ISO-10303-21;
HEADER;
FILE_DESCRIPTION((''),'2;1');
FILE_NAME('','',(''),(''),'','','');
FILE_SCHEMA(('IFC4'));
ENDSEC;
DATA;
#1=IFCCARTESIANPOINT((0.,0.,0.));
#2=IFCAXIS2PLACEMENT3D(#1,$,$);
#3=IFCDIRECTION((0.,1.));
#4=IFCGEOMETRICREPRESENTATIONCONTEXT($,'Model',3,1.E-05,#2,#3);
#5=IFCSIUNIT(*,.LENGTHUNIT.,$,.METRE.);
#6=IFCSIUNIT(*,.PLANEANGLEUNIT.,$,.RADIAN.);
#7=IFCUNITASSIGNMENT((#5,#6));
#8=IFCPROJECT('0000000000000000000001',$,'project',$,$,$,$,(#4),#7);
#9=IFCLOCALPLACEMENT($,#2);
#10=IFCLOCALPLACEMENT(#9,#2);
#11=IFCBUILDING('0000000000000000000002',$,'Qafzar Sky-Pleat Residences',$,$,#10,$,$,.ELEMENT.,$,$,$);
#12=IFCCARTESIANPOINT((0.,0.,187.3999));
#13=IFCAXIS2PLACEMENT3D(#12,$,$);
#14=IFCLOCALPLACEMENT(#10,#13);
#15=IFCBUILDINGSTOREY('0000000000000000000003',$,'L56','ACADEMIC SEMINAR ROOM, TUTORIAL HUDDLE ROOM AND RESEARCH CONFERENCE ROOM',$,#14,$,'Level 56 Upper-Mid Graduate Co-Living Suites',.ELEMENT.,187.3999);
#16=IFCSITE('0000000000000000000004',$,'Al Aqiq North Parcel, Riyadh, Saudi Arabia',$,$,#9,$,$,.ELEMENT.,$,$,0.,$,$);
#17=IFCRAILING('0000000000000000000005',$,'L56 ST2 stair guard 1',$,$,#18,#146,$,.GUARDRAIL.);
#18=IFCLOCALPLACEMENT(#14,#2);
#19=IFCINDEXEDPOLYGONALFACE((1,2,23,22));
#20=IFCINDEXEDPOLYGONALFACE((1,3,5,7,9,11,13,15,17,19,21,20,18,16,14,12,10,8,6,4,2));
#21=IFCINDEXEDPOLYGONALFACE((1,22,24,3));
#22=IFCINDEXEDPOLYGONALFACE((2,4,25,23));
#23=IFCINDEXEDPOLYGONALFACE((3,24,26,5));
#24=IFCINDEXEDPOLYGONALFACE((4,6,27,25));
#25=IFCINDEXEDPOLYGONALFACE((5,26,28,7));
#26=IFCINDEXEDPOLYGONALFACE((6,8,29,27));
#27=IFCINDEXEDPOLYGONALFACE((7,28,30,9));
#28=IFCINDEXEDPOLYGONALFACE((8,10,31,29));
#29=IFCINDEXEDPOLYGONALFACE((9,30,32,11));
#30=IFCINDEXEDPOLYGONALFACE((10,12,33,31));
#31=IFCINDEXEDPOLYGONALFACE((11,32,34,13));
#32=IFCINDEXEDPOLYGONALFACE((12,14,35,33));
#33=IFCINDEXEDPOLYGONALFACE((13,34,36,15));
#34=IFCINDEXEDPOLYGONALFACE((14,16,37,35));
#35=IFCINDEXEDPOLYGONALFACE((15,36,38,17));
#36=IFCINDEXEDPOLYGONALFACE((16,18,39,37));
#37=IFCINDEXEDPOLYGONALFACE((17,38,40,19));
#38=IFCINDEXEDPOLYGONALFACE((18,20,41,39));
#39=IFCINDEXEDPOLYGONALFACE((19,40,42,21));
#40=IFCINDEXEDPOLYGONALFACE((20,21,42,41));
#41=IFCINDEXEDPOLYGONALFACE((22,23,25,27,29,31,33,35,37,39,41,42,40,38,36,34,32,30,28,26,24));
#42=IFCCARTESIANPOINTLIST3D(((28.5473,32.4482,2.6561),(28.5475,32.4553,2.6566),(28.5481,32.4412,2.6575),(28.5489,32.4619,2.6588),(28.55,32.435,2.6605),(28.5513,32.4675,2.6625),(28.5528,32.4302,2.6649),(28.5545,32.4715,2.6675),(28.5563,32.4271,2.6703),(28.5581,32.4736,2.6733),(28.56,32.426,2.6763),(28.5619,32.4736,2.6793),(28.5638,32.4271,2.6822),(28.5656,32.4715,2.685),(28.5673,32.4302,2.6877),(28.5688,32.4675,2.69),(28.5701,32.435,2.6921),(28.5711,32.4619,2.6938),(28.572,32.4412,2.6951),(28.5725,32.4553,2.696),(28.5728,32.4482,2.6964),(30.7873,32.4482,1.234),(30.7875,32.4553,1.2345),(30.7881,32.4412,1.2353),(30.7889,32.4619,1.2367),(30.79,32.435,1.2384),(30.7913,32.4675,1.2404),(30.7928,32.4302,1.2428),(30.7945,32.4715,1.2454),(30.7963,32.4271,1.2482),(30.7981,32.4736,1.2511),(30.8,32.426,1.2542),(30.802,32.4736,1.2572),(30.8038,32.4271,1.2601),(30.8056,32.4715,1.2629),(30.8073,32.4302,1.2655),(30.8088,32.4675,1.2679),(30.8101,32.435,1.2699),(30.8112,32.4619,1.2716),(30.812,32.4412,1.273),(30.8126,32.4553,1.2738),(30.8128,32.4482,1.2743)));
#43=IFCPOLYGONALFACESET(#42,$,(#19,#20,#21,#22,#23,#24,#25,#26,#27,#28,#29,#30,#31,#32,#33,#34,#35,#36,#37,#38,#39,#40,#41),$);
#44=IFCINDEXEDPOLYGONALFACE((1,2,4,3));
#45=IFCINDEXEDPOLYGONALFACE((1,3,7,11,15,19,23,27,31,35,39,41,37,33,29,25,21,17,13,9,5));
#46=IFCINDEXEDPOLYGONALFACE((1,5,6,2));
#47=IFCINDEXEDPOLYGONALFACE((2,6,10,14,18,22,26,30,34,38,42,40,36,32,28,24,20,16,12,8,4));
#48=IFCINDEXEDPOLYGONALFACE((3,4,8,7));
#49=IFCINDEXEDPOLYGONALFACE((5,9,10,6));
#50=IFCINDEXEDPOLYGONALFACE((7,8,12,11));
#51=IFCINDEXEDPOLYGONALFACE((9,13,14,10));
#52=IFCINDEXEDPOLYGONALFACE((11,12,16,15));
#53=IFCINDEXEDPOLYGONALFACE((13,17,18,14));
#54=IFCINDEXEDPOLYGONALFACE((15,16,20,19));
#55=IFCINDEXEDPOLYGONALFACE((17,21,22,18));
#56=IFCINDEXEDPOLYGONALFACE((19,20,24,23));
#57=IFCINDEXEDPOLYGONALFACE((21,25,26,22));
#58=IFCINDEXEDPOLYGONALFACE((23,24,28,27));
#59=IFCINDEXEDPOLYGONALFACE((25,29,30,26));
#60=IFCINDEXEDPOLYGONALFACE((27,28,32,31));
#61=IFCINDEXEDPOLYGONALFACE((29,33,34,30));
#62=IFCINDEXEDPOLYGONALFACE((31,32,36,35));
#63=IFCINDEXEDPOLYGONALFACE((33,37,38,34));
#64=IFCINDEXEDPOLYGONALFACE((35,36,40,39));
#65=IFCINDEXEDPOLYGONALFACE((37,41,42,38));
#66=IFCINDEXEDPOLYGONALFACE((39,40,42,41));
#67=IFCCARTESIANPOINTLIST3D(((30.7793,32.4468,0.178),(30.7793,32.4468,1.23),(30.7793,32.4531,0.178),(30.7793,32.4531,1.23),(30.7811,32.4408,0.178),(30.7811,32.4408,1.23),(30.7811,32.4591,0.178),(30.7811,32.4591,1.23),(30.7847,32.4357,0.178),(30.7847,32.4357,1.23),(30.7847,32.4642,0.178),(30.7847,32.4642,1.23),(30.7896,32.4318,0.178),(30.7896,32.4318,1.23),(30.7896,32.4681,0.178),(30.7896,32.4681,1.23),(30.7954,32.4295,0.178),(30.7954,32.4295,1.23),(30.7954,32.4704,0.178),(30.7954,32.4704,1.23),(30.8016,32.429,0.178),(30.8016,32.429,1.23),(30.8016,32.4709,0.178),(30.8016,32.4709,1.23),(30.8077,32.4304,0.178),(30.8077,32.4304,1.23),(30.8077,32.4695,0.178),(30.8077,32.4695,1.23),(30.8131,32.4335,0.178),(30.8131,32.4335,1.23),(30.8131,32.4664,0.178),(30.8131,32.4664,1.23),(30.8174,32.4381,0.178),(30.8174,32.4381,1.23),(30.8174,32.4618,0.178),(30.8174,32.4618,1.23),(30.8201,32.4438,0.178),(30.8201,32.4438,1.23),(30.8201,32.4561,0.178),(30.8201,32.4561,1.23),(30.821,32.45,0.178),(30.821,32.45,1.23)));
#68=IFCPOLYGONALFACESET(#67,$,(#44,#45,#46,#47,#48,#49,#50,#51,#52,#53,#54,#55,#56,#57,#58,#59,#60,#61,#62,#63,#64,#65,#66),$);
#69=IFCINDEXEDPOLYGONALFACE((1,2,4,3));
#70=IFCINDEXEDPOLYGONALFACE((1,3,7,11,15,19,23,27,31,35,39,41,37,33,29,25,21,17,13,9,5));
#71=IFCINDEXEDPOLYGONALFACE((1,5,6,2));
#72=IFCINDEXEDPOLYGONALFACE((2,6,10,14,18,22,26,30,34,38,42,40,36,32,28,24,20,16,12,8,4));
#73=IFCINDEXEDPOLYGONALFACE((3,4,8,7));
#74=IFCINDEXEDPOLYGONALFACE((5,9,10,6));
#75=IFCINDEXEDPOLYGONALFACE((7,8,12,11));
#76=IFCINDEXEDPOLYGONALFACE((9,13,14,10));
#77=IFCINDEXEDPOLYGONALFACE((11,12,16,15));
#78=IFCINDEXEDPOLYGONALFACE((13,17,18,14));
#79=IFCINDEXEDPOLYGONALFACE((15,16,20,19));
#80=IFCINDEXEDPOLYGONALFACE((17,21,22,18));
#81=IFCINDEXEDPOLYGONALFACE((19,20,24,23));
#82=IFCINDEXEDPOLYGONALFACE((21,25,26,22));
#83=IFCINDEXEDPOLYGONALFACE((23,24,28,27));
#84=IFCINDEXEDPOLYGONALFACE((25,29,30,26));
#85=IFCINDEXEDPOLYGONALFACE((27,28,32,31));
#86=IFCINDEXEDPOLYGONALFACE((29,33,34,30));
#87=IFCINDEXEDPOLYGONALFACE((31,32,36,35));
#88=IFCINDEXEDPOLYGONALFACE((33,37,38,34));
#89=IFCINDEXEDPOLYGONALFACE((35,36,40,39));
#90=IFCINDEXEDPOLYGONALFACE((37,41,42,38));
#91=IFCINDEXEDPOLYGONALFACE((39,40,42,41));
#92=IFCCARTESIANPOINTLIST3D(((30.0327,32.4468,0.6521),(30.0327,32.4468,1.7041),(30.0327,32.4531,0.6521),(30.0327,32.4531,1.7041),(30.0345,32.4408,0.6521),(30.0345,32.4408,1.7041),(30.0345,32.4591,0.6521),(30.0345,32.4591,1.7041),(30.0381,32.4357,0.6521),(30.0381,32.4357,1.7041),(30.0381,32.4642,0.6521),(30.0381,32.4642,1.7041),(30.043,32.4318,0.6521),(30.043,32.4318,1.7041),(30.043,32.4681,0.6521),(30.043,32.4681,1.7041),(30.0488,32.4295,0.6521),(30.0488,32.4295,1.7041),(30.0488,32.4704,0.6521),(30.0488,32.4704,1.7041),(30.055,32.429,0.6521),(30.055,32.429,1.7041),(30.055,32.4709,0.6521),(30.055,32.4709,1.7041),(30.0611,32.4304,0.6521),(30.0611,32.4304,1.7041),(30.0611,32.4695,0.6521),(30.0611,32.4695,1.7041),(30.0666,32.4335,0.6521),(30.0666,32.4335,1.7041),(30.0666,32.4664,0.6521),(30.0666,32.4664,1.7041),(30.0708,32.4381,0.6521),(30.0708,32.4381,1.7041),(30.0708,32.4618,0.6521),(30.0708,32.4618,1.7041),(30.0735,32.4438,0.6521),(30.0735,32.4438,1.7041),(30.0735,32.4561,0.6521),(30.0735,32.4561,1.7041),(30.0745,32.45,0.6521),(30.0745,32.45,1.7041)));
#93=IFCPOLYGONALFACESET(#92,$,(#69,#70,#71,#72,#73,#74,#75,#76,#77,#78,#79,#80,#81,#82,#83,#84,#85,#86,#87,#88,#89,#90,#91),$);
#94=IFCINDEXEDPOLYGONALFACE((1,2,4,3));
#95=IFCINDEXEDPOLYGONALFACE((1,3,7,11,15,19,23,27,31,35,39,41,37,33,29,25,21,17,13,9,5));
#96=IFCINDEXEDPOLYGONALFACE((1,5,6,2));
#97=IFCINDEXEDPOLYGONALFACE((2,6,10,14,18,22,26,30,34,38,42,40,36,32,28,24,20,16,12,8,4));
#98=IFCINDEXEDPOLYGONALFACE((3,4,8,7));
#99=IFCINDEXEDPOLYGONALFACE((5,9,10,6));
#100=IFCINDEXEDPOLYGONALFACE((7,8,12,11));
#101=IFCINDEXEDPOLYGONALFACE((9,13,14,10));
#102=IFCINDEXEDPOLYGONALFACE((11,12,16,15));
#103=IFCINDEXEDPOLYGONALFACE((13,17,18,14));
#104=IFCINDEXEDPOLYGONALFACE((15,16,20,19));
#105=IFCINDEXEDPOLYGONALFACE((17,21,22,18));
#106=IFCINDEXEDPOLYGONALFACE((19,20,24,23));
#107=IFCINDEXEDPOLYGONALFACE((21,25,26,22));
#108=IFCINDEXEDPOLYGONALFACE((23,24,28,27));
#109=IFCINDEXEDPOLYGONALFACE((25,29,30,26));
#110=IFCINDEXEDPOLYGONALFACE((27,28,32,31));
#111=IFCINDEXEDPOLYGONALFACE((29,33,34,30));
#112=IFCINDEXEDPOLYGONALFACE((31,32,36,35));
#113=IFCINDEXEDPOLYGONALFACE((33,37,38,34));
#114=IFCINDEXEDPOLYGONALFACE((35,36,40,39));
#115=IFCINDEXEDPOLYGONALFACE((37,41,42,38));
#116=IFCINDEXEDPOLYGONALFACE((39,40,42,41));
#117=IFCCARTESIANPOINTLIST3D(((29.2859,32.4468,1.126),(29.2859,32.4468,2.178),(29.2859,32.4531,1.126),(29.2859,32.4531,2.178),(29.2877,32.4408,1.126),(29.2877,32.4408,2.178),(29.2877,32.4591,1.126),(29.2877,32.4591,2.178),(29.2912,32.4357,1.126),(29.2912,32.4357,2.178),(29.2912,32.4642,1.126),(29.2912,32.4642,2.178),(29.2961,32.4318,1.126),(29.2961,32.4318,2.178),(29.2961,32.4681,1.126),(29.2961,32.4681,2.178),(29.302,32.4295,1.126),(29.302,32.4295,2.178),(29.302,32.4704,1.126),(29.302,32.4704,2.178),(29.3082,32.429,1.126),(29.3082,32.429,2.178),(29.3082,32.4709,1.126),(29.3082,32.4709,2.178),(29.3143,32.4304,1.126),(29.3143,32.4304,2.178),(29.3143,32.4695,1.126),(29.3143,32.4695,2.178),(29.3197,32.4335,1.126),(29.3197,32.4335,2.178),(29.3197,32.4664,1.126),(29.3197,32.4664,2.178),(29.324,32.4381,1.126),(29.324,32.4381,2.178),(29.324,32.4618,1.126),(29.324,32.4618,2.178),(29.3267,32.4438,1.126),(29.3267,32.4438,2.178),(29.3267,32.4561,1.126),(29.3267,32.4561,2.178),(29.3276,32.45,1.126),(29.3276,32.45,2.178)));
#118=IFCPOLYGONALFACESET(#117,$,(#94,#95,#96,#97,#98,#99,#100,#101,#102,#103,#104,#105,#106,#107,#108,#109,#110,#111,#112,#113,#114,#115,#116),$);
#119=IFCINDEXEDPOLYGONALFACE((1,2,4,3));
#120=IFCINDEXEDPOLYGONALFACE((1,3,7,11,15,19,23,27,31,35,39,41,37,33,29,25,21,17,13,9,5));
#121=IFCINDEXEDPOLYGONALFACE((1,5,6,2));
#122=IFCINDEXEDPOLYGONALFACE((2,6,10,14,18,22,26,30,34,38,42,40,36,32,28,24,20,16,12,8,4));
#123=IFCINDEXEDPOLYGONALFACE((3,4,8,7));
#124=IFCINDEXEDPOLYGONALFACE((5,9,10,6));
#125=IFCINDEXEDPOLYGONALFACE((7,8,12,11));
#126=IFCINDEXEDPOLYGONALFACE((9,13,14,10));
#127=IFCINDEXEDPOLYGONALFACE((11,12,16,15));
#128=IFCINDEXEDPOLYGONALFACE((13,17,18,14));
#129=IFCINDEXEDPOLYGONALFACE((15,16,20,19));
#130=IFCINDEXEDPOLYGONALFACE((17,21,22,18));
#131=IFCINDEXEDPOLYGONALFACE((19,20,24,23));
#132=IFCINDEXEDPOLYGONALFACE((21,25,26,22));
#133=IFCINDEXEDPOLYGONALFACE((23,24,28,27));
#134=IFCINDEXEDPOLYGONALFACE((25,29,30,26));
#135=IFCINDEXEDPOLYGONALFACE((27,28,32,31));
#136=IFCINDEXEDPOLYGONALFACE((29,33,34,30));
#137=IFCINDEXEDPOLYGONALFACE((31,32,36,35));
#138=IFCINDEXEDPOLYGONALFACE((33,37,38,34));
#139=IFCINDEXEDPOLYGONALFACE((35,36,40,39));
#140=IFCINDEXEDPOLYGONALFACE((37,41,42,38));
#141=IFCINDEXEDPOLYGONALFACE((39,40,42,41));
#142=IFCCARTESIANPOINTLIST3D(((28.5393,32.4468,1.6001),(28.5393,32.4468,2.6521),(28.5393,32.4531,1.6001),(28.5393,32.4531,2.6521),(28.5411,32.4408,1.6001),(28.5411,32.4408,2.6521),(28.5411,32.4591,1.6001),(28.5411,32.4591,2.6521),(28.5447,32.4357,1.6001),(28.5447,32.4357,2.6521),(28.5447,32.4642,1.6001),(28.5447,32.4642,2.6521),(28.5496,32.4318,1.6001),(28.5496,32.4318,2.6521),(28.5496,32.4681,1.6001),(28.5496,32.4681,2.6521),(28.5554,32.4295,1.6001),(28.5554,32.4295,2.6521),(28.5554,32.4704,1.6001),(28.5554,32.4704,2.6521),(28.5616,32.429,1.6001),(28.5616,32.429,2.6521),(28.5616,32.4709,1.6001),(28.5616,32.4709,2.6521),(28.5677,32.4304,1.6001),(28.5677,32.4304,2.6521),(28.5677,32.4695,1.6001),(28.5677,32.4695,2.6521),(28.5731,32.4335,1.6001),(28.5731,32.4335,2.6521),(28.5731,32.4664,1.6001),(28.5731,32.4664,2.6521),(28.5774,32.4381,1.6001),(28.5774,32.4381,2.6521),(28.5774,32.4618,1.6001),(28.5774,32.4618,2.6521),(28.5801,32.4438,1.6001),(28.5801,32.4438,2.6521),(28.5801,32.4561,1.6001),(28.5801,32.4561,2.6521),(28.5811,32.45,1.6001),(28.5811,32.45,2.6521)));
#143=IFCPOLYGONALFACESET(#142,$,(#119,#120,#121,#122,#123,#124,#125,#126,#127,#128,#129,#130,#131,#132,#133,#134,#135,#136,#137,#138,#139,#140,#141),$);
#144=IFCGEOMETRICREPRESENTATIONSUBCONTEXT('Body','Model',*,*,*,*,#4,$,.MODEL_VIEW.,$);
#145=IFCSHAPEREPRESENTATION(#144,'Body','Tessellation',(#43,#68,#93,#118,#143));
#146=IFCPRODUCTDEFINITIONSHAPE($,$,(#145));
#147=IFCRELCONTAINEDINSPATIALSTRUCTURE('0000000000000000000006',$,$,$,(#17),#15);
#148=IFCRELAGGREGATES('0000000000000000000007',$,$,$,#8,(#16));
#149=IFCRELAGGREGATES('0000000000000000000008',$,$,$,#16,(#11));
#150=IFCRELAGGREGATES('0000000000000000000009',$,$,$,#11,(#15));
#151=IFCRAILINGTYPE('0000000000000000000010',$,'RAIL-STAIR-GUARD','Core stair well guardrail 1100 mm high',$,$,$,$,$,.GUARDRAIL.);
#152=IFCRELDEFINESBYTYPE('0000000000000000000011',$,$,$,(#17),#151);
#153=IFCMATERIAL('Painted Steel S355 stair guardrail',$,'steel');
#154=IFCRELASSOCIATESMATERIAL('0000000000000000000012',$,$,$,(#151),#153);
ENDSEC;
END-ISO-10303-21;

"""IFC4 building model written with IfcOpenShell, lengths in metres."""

from ifc_helpers import new_model, si_unit, direction, frame, origin, origin_2d, place, context, subcontext, project, spatial, circle, extrude, source, transform, mapped, material, type_object, element, save


model = new_model("IFC4")

# Units and contexts
model_context = context("Model", 3, precision=1e-05, world=origin(), true_north=direction((0.0, 1.0)))
body_context = subcontext(model_context, "Body", "Model", "MODEL_VIEW")
ifc_project = project(units=[si_unit("LENGTHUNIT", "METRE"), si_unit("PLANEANGLEUNIT", "RADIAN")], contexts=[model_context])

# Site, building, storey
site_placement = place(None, origin())
site = spatial("IfcSite", under=ifc_project, at=site_placement, Name="Al Aqiq North Parcel, Riyadh, Saudi Arabia", CompositionType="ELEMENT", RefElevation=0.0)
building_placement = place(site_placement, origin())
building = spatial("IfcBuilding", under=site, at=building_placement, Name="Qafzar Sky-Pleat Residences", CompositionType="ELEMENT")
storey_placement = place(building_placement, frame((0.0, 0.0, 187.3999)))
storey = spatial("IfcBuildingStorey", under=building, at=storey_placement, Name="L56", Description="ACADEMIC SEMINAR ROOM, TUTORIAL HUDDLE ROOM AND RESEARCH CONFERENCE ROOM", LongName="Level 56 Upper-Mid Graduate Co-Living Suites", CompositionType="ELEMENT", Elevation=187.3999)

# Railing
ifc_material_1 = material(Name="Painted Steel S355 stair guardrail", Category="steel")
railing_type_1 = type_object("IfcRailingType", Name="RAIL-STAIR-GUARD", Description="Core stair well guardrail 1100 mm high", PredefinedType="GUARDRAIL", material=ifc_material_1)
shared_shape_1 = source(origin(), body_context, "Body", "SweptSolid", [
    extrude(circle(Radius=0.0239, at=origin_2d()), frame((0.0, 0.0, 1.0762), z_axis=(-0.844229, 0.0, 0.535982), x_axis=(0.0, -1.0, 0.0)), (0.0, 0.0, 1.0), 2.6533),
    extrude(circle(Radius=0.021, at=origin_2d()), origin(), (0.0, 0.0, 1.0), 1.052),
    extrude(circle(Radius=0.021, at=origin_2d()), frame((-0.7466, 0.0, 0.4741)), (0.0, 0.0, 1.0), 1.052),
    extrude(circle(Radius=0.021, at=origin_2d()), frame((-1.4934, 0.0, 0.948)), (0.0, 0.0, 1.0), 1.052),
    extrude(circle(Radius=0.021, at=origin_2d()), frame((-2.24, 0.0, 1.4221)), (0.0, 0.0, 1.0), 1.052),
])
railing_1_placement = place(storey_placement, frame((30.8, 32.45, 0.178)))
element("IfcRailing", 1, at=railing_1_placement, inside=storey, type_object=railing_type_1, Name="L56 ST2 stair guard 1", PredefinedType="GUARDRAIL", context=body_context, shape_type="MappedRepresentation", body=[
    mapped(shared_shape_1, transform((0.0, 0.0, 0.0), x_axis=(1.0, 0.0, 0.0), y_axis=(0.0, 1.0, 0.0), z_axis=(0.0, 0.0, 1.0), scale=1.0)),
])

save(model, "model.ifc")
